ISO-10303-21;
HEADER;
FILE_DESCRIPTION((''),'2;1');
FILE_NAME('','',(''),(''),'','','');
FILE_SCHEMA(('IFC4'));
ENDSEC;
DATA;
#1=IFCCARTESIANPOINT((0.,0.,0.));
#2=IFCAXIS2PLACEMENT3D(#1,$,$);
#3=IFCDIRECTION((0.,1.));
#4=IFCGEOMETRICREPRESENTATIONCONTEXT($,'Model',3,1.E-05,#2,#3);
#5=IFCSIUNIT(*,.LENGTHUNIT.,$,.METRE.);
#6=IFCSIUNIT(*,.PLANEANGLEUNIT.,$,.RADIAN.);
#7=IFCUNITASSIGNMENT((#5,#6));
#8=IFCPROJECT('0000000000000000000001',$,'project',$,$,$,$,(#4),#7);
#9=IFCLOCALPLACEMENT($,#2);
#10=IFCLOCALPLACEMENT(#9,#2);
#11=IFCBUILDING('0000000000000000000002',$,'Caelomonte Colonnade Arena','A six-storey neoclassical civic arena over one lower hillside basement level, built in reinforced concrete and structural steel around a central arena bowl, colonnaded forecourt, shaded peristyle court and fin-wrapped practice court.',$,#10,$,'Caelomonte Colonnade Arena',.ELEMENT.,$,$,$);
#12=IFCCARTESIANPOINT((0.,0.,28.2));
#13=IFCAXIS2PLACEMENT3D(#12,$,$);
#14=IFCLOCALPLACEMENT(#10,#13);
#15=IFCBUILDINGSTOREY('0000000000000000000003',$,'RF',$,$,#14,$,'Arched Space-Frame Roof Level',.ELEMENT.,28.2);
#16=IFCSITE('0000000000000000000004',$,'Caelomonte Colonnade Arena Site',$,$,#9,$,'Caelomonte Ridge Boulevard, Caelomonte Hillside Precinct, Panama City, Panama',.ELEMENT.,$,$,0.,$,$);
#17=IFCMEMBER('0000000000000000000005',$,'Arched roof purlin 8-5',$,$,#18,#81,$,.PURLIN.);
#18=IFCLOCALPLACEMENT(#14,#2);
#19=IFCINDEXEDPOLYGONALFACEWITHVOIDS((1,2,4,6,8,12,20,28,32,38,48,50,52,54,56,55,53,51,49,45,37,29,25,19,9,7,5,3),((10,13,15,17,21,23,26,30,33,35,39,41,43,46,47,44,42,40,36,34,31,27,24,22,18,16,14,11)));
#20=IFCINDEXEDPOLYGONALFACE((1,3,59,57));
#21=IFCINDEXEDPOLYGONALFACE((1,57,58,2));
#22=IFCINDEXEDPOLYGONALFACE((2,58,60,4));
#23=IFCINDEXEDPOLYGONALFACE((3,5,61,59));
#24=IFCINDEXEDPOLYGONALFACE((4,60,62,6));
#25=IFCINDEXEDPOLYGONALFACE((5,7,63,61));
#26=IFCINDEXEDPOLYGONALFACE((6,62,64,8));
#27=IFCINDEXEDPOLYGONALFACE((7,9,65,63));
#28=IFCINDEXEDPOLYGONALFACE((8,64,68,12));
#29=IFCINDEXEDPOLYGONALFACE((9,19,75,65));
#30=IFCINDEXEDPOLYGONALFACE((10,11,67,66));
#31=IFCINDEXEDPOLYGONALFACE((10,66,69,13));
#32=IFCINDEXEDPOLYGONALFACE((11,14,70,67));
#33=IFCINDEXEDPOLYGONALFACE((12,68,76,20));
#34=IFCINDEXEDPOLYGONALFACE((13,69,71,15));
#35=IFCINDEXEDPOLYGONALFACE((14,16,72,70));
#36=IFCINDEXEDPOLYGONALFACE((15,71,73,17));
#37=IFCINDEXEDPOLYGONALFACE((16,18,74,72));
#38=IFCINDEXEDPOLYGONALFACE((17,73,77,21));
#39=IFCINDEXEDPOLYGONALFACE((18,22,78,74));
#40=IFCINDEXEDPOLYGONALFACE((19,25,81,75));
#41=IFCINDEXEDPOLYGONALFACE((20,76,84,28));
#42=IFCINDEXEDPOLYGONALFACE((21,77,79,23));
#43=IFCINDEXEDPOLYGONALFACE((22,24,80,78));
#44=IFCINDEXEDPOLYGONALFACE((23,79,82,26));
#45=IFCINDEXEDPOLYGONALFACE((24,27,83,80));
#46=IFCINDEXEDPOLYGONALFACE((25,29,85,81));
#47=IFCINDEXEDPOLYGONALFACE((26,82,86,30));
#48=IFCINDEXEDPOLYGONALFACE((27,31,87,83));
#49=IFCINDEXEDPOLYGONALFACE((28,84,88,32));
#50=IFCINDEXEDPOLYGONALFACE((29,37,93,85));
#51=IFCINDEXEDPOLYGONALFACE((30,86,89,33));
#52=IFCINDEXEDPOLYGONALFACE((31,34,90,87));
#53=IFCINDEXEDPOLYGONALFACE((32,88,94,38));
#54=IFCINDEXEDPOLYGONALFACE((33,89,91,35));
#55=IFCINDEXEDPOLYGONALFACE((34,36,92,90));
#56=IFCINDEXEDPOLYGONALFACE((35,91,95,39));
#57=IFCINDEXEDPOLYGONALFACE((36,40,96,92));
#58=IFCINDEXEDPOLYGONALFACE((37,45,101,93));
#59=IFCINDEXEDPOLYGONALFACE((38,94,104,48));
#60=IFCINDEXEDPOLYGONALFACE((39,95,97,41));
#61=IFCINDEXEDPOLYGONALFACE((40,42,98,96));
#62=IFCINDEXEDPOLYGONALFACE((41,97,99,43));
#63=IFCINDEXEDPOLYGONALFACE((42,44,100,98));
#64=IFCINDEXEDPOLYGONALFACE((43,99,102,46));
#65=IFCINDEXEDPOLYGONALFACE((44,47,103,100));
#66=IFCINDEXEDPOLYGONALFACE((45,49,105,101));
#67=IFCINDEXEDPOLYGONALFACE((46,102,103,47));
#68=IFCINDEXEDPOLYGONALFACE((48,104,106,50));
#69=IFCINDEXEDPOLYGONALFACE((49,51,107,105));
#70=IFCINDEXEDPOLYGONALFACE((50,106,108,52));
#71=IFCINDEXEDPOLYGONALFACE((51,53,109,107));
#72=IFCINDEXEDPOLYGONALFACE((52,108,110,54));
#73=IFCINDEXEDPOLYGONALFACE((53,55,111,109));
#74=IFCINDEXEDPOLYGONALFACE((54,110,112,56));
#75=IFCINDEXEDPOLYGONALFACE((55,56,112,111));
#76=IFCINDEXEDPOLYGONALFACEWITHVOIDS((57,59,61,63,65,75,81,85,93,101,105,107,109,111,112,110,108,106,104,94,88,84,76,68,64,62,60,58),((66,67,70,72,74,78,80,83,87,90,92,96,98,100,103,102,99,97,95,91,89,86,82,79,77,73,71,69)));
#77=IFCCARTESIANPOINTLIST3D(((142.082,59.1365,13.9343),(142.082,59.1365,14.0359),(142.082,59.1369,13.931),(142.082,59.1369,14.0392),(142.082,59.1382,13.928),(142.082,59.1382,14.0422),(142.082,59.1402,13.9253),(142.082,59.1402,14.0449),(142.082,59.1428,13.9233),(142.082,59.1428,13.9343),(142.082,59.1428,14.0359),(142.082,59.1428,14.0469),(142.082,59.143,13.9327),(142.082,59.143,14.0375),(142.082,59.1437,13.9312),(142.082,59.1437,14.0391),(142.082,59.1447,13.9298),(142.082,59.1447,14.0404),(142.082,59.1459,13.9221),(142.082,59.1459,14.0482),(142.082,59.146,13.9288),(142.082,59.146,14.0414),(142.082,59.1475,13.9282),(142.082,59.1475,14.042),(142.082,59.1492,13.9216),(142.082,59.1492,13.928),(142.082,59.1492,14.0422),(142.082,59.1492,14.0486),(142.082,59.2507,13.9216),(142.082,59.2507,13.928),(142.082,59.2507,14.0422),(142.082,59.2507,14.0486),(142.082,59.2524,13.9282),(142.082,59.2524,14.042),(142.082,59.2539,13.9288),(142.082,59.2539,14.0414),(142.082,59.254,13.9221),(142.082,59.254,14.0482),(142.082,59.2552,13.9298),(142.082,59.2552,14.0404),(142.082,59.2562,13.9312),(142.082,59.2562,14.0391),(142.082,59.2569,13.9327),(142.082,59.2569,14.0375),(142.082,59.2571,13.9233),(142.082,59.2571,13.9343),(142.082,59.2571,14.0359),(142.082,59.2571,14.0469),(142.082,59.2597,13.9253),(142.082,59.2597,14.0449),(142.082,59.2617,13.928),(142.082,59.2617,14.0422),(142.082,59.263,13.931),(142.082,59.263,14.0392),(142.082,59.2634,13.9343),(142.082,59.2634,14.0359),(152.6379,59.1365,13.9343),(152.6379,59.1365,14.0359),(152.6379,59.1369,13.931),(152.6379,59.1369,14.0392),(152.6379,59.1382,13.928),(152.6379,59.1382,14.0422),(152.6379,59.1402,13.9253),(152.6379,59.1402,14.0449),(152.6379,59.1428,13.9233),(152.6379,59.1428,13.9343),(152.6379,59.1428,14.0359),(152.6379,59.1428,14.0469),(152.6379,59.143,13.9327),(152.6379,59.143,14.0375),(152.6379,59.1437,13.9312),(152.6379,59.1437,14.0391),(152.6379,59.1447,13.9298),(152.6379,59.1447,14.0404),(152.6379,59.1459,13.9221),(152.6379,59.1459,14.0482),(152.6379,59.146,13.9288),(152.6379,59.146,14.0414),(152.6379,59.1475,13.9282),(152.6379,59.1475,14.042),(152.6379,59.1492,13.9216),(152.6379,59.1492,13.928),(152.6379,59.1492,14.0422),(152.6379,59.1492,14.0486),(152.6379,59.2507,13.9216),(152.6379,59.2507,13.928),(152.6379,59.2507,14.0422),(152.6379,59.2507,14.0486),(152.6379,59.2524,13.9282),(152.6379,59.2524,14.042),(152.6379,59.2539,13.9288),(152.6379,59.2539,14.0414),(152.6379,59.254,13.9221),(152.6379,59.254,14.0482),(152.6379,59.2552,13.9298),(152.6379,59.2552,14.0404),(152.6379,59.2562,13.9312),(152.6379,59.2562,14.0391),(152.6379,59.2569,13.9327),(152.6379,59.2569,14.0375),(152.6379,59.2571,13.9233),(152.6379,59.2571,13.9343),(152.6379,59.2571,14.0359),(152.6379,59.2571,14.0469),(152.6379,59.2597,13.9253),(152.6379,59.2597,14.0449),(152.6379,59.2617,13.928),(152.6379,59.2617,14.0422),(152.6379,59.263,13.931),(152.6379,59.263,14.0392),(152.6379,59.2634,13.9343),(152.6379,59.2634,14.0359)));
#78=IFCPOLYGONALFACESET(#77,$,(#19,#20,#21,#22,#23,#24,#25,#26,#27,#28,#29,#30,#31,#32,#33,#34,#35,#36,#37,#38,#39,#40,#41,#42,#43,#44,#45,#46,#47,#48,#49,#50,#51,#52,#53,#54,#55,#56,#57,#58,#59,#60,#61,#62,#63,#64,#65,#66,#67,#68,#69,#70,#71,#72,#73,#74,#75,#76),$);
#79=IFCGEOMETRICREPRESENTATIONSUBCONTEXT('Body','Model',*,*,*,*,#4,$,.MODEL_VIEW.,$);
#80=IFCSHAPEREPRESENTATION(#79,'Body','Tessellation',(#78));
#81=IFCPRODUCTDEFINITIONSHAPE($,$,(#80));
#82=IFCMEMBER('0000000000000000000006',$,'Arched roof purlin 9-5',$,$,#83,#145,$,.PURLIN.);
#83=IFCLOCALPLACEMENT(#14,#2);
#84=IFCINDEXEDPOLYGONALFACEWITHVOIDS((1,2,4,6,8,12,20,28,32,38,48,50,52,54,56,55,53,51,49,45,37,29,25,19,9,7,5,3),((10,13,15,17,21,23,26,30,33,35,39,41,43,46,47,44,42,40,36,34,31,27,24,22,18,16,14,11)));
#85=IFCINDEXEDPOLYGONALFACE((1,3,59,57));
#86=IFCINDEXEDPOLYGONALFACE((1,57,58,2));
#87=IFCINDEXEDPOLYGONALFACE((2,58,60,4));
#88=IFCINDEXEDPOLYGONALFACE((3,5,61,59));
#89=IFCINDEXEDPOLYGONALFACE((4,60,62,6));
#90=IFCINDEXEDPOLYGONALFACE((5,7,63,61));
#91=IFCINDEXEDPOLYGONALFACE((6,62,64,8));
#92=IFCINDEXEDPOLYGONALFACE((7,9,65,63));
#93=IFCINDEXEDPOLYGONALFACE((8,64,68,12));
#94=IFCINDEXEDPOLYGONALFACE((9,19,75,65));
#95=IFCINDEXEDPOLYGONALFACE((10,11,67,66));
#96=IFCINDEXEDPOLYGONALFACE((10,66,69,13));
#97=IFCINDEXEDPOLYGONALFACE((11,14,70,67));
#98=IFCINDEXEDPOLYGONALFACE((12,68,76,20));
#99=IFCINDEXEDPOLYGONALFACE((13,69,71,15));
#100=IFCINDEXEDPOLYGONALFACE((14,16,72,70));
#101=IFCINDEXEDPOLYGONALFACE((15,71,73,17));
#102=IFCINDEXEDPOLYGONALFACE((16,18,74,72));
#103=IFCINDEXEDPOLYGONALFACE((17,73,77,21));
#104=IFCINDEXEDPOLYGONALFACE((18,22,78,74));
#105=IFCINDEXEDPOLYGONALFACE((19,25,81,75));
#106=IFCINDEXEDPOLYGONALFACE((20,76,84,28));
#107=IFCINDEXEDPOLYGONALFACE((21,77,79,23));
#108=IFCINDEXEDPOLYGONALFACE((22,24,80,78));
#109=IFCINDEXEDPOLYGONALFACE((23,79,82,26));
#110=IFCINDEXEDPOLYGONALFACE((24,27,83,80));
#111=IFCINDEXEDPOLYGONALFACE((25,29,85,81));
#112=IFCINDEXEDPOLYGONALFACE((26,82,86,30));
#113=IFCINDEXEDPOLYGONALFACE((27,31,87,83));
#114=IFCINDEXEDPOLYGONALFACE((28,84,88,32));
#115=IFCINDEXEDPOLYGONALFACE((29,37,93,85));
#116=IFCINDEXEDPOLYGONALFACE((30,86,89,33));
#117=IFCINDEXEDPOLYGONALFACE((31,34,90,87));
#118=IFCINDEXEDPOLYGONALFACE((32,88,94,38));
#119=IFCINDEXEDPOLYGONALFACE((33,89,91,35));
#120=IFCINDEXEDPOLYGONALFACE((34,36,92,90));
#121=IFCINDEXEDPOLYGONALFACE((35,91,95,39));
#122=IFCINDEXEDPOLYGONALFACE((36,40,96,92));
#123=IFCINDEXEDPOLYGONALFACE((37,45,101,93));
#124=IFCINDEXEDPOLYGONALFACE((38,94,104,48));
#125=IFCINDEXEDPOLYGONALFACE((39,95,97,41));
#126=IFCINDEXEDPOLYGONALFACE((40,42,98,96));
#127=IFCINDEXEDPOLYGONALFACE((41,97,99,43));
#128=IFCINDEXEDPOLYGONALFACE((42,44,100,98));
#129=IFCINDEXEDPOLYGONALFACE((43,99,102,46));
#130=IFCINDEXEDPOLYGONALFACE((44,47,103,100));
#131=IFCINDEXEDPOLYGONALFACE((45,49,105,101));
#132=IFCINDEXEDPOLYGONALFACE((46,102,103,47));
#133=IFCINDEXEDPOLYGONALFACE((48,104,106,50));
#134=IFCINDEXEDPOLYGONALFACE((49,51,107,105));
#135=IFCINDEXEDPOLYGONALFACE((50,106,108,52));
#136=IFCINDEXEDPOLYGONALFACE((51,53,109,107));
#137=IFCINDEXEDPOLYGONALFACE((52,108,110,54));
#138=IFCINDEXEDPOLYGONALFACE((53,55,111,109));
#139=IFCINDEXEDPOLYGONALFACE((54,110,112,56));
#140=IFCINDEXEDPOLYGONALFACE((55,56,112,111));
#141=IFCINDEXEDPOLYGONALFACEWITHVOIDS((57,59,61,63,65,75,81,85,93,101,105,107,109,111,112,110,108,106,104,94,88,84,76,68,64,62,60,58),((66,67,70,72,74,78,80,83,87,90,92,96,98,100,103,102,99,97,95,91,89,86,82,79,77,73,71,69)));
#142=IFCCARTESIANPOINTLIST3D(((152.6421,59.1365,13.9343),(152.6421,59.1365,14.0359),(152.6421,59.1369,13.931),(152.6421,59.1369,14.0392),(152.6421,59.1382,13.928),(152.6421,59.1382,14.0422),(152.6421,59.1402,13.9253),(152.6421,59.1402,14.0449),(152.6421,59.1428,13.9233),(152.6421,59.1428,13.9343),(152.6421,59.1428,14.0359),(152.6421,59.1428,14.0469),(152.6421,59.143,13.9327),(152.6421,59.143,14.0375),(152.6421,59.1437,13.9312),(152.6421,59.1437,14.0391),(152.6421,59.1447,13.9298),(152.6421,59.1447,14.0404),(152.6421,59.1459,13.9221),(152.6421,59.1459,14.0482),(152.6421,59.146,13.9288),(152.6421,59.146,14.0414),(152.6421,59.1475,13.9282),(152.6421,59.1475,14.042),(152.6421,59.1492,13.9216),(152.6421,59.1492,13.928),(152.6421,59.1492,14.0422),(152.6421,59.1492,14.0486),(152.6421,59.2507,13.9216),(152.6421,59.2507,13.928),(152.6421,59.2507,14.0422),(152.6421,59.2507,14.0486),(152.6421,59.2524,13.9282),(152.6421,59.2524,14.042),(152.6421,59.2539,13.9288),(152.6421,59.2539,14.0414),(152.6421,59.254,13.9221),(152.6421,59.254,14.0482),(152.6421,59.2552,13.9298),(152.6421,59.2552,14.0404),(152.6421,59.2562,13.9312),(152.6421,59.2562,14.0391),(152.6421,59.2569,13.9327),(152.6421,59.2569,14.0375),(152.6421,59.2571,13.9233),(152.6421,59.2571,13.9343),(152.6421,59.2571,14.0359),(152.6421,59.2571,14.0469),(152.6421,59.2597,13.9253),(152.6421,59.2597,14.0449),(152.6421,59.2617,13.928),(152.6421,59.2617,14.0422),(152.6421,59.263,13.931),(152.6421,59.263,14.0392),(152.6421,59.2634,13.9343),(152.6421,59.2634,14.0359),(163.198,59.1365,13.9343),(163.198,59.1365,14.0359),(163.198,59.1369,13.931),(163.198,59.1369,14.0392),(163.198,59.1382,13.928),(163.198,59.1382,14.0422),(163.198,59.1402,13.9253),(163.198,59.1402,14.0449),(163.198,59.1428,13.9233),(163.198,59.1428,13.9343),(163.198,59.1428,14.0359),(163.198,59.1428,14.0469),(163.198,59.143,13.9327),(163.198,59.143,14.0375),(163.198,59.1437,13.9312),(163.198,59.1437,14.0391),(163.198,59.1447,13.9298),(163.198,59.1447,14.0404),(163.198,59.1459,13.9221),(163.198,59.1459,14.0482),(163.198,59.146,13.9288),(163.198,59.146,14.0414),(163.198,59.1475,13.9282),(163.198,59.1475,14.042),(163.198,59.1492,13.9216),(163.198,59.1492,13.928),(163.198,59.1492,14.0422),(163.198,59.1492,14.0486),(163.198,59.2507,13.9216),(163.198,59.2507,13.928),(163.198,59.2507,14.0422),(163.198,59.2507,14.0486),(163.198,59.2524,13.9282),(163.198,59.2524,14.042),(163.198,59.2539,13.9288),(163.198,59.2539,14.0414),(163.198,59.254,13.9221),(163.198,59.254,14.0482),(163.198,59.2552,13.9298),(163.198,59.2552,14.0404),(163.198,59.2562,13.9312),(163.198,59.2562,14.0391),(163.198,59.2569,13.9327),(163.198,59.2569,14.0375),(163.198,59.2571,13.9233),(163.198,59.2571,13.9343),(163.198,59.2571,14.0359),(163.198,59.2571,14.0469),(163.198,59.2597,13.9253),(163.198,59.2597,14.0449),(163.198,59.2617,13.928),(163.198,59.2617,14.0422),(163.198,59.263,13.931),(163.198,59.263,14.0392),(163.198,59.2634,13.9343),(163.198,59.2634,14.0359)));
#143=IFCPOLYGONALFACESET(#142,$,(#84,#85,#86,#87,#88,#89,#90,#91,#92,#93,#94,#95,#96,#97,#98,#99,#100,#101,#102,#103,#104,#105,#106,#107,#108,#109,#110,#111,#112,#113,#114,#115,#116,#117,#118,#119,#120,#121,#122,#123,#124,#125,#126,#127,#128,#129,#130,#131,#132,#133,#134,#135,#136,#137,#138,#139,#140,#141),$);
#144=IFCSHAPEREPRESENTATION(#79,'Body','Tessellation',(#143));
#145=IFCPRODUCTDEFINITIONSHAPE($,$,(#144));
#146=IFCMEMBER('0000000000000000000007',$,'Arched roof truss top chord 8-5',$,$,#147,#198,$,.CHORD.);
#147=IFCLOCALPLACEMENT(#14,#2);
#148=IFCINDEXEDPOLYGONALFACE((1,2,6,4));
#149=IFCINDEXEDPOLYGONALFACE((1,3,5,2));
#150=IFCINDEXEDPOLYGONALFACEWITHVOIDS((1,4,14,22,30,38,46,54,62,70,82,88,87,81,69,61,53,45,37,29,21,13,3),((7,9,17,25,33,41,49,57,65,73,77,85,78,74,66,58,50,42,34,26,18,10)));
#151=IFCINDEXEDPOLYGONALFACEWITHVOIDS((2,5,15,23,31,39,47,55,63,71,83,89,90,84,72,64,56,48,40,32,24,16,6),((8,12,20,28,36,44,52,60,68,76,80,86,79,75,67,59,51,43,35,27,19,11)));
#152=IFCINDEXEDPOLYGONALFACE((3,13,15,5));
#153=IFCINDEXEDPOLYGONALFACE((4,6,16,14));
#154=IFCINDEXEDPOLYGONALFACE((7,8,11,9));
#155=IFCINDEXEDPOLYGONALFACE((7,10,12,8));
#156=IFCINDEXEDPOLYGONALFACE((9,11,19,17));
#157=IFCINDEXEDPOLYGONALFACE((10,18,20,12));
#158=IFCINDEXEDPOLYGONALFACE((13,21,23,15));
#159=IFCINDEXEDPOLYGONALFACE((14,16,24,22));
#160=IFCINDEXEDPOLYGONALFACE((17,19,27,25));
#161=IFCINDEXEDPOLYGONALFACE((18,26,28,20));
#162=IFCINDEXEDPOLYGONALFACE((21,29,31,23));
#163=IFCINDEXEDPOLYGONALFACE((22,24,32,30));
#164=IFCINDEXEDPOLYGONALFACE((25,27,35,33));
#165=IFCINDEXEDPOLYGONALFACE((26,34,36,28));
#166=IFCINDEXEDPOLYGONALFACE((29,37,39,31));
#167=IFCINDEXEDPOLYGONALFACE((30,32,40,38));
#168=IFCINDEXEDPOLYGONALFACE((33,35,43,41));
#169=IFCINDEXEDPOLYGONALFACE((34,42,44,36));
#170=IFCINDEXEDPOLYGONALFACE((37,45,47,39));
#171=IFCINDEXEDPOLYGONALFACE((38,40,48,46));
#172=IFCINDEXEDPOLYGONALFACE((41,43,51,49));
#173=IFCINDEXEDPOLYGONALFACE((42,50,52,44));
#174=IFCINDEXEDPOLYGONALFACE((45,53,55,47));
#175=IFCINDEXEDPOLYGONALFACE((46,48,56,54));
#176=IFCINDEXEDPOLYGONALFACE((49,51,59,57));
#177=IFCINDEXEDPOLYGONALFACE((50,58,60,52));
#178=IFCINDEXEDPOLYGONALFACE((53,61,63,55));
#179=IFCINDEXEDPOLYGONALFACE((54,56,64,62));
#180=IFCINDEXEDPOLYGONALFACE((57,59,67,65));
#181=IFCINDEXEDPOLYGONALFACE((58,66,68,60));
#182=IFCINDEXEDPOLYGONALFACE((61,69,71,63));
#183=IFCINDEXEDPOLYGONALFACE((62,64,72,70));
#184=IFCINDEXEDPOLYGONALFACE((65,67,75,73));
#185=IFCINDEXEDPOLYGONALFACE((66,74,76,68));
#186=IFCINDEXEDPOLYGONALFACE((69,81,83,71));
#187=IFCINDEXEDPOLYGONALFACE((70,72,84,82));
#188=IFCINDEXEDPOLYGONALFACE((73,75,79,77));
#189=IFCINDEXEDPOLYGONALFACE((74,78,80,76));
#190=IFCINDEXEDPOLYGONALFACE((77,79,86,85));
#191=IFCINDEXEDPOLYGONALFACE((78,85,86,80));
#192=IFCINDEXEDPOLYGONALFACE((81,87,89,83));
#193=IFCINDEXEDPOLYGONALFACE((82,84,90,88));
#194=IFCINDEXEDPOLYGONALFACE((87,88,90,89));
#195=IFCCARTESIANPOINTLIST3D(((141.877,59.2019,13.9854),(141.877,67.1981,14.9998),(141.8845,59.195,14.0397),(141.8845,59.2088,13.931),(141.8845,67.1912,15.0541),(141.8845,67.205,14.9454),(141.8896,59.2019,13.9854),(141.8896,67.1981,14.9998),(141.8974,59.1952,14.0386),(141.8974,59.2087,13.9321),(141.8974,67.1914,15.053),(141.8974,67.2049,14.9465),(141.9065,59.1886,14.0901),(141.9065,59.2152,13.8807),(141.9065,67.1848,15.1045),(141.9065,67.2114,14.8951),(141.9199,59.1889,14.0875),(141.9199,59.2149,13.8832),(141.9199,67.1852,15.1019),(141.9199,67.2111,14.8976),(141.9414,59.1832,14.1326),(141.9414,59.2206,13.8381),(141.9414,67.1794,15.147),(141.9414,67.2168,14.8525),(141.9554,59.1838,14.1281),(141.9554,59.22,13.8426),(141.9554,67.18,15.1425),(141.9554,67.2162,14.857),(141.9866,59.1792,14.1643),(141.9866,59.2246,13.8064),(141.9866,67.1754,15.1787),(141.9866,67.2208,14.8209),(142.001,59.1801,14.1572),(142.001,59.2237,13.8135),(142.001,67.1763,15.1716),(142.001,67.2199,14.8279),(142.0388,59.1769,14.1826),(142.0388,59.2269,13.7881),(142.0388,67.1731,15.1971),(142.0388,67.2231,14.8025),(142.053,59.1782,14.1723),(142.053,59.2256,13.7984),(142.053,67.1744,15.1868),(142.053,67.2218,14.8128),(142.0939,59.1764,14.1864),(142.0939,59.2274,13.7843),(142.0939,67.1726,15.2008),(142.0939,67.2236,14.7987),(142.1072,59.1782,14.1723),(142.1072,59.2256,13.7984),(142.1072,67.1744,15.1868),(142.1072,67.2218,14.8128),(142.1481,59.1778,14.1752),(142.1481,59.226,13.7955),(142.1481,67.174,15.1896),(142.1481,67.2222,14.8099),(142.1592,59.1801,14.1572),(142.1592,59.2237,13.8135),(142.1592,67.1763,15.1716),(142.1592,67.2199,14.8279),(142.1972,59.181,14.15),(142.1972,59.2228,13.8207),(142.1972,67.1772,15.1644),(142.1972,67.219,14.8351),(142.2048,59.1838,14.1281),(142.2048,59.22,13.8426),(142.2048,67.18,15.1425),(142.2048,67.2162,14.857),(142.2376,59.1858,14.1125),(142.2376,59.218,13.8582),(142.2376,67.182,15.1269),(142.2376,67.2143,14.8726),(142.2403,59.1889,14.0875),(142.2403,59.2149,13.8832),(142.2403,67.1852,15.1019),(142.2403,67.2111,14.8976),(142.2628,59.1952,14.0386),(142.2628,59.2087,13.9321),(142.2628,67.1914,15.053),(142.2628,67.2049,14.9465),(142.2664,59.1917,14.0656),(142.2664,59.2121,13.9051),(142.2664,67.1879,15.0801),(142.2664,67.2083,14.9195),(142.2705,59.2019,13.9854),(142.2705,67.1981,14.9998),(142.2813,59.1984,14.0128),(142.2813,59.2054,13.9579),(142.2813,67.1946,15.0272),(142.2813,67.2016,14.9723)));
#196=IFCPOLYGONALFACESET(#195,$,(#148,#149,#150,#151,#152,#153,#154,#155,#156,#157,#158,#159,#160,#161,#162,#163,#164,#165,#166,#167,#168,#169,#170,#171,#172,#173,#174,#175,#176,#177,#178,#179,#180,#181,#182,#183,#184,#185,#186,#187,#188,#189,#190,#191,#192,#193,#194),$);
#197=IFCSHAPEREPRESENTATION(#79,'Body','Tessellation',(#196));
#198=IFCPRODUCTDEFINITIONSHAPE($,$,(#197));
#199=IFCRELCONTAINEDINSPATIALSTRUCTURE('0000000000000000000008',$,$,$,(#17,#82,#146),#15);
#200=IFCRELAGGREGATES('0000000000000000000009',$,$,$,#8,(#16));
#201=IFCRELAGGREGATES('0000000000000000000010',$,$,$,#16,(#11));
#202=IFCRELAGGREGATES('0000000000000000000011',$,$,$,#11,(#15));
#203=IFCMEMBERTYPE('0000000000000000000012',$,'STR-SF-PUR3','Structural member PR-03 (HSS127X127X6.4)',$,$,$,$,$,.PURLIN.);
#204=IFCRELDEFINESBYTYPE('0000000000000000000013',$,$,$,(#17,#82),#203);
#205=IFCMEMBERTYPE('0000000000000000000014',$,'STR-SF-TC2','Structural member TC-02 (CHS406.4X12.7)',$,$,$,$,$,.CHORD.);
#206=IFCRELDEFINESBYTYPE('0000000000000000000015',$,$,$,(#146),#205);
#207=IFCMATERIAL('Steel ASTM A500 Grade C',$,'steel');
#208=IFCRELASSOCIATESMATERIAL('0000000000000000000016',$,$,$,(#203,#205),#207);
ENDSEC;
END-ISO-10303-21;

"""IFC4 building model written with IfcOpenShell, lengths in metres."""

from ifc_helpers import new_model, si_unit, direction, frame, origin, origin_2d, place, context, subcontext, project, spatial, hollow_rectangle, hollow_circle, extrude, material, material_profile, profile_set, type_object, element, save


model = new_model("IFC4")

# Units and contexts
model_context = context("Model", 3, precision=1e-05, world=origin(), true_north=direction((0.0, 1.0)))
body_context = subcontext(model_context, "Body", "Model", "MODEL_VIEW")
ifc_project = project(units=[si_unit("LENGTHUNIT", "METRE"), si_unit("PLANEANGLEUNIT", "RADIAN")], contexts=[model_context])

# Site, building, storey
site_placement = place(None, origin())
site = spatial("IfcSite", under=ifc_project, at=site_placement, Name="Caelomonte Colonnade Arena Site", LongName="Caelomonte Ridge Boulevard, Caelomonte Hillside Precinct, Panama City, Panama", CompositionType="ELEMENT", RefElevation=0.0)
building_placement = place(site_placement, origin())
building = spatial("IfcBuilding", under=site, at=building_placement, Name="Caelomonte Colonnade Arena", Description="A six-storey neoclassical civic arena over one lower hillside basement level, built in reinforced concrete and structural steel around a central arena bowl, colonnaded forecourt, shaded peristyle court and fin-wrapped practice court.", LongName="Caelomonte Colonnade Arena", CompositionType="ELEMENT")
storey_placement = place(building_placement, frame((0.0, 0.0, 28.2)))
storey = spatial("IfcBuildingStorey", under=building, at=storey_placement, Name="RF", LongName="Arched Space-Frame Roof Level", CompositionType="ELEMENT", Elevation=28.2)

# Members
ifc_material_1 = material(Name="Steel ASTM A500 Grade C", Category="steel")
ifc_material_profile_1 = material_profile(ifc_material_1, hollow_rectangle(XDim=0.127, YDim=0.127, WallThickness=0.0063, InnerFilletRadius=0.0063, OuterFilletRadius=0.0127, at=origin_2d()), Name="HSS127X127X6.4")
ifc_profile_set_1 = profile_set([ifc_material_profile_1], Name="Steel ASTM A500 Grade C")
member_type_1 = type_object("IfcMemberType", Name="STR-SF-PUR3", Description="Structural member PR-03 (HSS127X127X6.4)", PredefinedType="PURLIN", material=ifc_profile_set_1)
for number, where, z_axis, x_axis, name in (
    (1, (142.082, 59.2, 13.9851), (1.0, 0.0, 0.0), (0.0, 1.0, 0.0), "Arched roof purlin 8-5"),
    (2, (152.6421, 59.2, 13.9851), (1.0, 0.0, 0.0), (0.0, 1.0, 0.0), "Arched roof purlin 9-5"),
):
    element("IfcMember", number, at=place(storey_placement, frame(where, z_axis=z_axis, x_axis=x_axis)), inside=storey, type_object=member_type_1, Name=name, PredefinedType="PURLIN", context=body_context, shape_type="SweptSolid", body=[
        extrude(hollow_rectangle(XDim=0.127, YDim=0.127, WallThickness=0.0063, InnerFilletRadius=0.0063, OuterFilletRadius=0.0127, at=origin_2d()), origin(), (0.0, 0.0, 1.0), 10.5559),
    ])
ifc_material_profile_2 = material_profile(ifc_material_1, hollow_circle(Radius=0.2031, WallThickness=0.0127, at=origin_2d()), Name="CHS406.4X12.7")
ifc_profile_set_2 = profile_set([ifc_material_profile_2], Name="Steel ASTM A500 Grade C")
member_type_2 = type_object("IfcMemberType", Name="STR-SF-TC2", Description="Structural member TC-02 (CHS406.4X12.7)", PredefinedType="CHORD", material=ifc_profile_set_2)
for number, where, z_axis, x_axis, name in (
    (3, (142.0801, 59.2019, 13.9854), (0.0, 0.992049, 0.125854), (-1.0, 0.0, 0.0), "Arched roof truss top chord 8-5"),
):
    element("IfcMember", number, at=place(storey_placement, frame(where, z_axis=z_axis, x_axis=x_axis)), inside=storey, type_object=member_type_2, Name=name, PredefinedType="CHORD", context=body_context, shape_type="SweptSolid", body=[
        extrude(hollow_circle(Radius=0.2031, WallThickness=0.0127, at=origin_2d()), origin(), (0.0, 0.0, 1.0), 8.0603),
    ])

save(model, "model.ifc")
